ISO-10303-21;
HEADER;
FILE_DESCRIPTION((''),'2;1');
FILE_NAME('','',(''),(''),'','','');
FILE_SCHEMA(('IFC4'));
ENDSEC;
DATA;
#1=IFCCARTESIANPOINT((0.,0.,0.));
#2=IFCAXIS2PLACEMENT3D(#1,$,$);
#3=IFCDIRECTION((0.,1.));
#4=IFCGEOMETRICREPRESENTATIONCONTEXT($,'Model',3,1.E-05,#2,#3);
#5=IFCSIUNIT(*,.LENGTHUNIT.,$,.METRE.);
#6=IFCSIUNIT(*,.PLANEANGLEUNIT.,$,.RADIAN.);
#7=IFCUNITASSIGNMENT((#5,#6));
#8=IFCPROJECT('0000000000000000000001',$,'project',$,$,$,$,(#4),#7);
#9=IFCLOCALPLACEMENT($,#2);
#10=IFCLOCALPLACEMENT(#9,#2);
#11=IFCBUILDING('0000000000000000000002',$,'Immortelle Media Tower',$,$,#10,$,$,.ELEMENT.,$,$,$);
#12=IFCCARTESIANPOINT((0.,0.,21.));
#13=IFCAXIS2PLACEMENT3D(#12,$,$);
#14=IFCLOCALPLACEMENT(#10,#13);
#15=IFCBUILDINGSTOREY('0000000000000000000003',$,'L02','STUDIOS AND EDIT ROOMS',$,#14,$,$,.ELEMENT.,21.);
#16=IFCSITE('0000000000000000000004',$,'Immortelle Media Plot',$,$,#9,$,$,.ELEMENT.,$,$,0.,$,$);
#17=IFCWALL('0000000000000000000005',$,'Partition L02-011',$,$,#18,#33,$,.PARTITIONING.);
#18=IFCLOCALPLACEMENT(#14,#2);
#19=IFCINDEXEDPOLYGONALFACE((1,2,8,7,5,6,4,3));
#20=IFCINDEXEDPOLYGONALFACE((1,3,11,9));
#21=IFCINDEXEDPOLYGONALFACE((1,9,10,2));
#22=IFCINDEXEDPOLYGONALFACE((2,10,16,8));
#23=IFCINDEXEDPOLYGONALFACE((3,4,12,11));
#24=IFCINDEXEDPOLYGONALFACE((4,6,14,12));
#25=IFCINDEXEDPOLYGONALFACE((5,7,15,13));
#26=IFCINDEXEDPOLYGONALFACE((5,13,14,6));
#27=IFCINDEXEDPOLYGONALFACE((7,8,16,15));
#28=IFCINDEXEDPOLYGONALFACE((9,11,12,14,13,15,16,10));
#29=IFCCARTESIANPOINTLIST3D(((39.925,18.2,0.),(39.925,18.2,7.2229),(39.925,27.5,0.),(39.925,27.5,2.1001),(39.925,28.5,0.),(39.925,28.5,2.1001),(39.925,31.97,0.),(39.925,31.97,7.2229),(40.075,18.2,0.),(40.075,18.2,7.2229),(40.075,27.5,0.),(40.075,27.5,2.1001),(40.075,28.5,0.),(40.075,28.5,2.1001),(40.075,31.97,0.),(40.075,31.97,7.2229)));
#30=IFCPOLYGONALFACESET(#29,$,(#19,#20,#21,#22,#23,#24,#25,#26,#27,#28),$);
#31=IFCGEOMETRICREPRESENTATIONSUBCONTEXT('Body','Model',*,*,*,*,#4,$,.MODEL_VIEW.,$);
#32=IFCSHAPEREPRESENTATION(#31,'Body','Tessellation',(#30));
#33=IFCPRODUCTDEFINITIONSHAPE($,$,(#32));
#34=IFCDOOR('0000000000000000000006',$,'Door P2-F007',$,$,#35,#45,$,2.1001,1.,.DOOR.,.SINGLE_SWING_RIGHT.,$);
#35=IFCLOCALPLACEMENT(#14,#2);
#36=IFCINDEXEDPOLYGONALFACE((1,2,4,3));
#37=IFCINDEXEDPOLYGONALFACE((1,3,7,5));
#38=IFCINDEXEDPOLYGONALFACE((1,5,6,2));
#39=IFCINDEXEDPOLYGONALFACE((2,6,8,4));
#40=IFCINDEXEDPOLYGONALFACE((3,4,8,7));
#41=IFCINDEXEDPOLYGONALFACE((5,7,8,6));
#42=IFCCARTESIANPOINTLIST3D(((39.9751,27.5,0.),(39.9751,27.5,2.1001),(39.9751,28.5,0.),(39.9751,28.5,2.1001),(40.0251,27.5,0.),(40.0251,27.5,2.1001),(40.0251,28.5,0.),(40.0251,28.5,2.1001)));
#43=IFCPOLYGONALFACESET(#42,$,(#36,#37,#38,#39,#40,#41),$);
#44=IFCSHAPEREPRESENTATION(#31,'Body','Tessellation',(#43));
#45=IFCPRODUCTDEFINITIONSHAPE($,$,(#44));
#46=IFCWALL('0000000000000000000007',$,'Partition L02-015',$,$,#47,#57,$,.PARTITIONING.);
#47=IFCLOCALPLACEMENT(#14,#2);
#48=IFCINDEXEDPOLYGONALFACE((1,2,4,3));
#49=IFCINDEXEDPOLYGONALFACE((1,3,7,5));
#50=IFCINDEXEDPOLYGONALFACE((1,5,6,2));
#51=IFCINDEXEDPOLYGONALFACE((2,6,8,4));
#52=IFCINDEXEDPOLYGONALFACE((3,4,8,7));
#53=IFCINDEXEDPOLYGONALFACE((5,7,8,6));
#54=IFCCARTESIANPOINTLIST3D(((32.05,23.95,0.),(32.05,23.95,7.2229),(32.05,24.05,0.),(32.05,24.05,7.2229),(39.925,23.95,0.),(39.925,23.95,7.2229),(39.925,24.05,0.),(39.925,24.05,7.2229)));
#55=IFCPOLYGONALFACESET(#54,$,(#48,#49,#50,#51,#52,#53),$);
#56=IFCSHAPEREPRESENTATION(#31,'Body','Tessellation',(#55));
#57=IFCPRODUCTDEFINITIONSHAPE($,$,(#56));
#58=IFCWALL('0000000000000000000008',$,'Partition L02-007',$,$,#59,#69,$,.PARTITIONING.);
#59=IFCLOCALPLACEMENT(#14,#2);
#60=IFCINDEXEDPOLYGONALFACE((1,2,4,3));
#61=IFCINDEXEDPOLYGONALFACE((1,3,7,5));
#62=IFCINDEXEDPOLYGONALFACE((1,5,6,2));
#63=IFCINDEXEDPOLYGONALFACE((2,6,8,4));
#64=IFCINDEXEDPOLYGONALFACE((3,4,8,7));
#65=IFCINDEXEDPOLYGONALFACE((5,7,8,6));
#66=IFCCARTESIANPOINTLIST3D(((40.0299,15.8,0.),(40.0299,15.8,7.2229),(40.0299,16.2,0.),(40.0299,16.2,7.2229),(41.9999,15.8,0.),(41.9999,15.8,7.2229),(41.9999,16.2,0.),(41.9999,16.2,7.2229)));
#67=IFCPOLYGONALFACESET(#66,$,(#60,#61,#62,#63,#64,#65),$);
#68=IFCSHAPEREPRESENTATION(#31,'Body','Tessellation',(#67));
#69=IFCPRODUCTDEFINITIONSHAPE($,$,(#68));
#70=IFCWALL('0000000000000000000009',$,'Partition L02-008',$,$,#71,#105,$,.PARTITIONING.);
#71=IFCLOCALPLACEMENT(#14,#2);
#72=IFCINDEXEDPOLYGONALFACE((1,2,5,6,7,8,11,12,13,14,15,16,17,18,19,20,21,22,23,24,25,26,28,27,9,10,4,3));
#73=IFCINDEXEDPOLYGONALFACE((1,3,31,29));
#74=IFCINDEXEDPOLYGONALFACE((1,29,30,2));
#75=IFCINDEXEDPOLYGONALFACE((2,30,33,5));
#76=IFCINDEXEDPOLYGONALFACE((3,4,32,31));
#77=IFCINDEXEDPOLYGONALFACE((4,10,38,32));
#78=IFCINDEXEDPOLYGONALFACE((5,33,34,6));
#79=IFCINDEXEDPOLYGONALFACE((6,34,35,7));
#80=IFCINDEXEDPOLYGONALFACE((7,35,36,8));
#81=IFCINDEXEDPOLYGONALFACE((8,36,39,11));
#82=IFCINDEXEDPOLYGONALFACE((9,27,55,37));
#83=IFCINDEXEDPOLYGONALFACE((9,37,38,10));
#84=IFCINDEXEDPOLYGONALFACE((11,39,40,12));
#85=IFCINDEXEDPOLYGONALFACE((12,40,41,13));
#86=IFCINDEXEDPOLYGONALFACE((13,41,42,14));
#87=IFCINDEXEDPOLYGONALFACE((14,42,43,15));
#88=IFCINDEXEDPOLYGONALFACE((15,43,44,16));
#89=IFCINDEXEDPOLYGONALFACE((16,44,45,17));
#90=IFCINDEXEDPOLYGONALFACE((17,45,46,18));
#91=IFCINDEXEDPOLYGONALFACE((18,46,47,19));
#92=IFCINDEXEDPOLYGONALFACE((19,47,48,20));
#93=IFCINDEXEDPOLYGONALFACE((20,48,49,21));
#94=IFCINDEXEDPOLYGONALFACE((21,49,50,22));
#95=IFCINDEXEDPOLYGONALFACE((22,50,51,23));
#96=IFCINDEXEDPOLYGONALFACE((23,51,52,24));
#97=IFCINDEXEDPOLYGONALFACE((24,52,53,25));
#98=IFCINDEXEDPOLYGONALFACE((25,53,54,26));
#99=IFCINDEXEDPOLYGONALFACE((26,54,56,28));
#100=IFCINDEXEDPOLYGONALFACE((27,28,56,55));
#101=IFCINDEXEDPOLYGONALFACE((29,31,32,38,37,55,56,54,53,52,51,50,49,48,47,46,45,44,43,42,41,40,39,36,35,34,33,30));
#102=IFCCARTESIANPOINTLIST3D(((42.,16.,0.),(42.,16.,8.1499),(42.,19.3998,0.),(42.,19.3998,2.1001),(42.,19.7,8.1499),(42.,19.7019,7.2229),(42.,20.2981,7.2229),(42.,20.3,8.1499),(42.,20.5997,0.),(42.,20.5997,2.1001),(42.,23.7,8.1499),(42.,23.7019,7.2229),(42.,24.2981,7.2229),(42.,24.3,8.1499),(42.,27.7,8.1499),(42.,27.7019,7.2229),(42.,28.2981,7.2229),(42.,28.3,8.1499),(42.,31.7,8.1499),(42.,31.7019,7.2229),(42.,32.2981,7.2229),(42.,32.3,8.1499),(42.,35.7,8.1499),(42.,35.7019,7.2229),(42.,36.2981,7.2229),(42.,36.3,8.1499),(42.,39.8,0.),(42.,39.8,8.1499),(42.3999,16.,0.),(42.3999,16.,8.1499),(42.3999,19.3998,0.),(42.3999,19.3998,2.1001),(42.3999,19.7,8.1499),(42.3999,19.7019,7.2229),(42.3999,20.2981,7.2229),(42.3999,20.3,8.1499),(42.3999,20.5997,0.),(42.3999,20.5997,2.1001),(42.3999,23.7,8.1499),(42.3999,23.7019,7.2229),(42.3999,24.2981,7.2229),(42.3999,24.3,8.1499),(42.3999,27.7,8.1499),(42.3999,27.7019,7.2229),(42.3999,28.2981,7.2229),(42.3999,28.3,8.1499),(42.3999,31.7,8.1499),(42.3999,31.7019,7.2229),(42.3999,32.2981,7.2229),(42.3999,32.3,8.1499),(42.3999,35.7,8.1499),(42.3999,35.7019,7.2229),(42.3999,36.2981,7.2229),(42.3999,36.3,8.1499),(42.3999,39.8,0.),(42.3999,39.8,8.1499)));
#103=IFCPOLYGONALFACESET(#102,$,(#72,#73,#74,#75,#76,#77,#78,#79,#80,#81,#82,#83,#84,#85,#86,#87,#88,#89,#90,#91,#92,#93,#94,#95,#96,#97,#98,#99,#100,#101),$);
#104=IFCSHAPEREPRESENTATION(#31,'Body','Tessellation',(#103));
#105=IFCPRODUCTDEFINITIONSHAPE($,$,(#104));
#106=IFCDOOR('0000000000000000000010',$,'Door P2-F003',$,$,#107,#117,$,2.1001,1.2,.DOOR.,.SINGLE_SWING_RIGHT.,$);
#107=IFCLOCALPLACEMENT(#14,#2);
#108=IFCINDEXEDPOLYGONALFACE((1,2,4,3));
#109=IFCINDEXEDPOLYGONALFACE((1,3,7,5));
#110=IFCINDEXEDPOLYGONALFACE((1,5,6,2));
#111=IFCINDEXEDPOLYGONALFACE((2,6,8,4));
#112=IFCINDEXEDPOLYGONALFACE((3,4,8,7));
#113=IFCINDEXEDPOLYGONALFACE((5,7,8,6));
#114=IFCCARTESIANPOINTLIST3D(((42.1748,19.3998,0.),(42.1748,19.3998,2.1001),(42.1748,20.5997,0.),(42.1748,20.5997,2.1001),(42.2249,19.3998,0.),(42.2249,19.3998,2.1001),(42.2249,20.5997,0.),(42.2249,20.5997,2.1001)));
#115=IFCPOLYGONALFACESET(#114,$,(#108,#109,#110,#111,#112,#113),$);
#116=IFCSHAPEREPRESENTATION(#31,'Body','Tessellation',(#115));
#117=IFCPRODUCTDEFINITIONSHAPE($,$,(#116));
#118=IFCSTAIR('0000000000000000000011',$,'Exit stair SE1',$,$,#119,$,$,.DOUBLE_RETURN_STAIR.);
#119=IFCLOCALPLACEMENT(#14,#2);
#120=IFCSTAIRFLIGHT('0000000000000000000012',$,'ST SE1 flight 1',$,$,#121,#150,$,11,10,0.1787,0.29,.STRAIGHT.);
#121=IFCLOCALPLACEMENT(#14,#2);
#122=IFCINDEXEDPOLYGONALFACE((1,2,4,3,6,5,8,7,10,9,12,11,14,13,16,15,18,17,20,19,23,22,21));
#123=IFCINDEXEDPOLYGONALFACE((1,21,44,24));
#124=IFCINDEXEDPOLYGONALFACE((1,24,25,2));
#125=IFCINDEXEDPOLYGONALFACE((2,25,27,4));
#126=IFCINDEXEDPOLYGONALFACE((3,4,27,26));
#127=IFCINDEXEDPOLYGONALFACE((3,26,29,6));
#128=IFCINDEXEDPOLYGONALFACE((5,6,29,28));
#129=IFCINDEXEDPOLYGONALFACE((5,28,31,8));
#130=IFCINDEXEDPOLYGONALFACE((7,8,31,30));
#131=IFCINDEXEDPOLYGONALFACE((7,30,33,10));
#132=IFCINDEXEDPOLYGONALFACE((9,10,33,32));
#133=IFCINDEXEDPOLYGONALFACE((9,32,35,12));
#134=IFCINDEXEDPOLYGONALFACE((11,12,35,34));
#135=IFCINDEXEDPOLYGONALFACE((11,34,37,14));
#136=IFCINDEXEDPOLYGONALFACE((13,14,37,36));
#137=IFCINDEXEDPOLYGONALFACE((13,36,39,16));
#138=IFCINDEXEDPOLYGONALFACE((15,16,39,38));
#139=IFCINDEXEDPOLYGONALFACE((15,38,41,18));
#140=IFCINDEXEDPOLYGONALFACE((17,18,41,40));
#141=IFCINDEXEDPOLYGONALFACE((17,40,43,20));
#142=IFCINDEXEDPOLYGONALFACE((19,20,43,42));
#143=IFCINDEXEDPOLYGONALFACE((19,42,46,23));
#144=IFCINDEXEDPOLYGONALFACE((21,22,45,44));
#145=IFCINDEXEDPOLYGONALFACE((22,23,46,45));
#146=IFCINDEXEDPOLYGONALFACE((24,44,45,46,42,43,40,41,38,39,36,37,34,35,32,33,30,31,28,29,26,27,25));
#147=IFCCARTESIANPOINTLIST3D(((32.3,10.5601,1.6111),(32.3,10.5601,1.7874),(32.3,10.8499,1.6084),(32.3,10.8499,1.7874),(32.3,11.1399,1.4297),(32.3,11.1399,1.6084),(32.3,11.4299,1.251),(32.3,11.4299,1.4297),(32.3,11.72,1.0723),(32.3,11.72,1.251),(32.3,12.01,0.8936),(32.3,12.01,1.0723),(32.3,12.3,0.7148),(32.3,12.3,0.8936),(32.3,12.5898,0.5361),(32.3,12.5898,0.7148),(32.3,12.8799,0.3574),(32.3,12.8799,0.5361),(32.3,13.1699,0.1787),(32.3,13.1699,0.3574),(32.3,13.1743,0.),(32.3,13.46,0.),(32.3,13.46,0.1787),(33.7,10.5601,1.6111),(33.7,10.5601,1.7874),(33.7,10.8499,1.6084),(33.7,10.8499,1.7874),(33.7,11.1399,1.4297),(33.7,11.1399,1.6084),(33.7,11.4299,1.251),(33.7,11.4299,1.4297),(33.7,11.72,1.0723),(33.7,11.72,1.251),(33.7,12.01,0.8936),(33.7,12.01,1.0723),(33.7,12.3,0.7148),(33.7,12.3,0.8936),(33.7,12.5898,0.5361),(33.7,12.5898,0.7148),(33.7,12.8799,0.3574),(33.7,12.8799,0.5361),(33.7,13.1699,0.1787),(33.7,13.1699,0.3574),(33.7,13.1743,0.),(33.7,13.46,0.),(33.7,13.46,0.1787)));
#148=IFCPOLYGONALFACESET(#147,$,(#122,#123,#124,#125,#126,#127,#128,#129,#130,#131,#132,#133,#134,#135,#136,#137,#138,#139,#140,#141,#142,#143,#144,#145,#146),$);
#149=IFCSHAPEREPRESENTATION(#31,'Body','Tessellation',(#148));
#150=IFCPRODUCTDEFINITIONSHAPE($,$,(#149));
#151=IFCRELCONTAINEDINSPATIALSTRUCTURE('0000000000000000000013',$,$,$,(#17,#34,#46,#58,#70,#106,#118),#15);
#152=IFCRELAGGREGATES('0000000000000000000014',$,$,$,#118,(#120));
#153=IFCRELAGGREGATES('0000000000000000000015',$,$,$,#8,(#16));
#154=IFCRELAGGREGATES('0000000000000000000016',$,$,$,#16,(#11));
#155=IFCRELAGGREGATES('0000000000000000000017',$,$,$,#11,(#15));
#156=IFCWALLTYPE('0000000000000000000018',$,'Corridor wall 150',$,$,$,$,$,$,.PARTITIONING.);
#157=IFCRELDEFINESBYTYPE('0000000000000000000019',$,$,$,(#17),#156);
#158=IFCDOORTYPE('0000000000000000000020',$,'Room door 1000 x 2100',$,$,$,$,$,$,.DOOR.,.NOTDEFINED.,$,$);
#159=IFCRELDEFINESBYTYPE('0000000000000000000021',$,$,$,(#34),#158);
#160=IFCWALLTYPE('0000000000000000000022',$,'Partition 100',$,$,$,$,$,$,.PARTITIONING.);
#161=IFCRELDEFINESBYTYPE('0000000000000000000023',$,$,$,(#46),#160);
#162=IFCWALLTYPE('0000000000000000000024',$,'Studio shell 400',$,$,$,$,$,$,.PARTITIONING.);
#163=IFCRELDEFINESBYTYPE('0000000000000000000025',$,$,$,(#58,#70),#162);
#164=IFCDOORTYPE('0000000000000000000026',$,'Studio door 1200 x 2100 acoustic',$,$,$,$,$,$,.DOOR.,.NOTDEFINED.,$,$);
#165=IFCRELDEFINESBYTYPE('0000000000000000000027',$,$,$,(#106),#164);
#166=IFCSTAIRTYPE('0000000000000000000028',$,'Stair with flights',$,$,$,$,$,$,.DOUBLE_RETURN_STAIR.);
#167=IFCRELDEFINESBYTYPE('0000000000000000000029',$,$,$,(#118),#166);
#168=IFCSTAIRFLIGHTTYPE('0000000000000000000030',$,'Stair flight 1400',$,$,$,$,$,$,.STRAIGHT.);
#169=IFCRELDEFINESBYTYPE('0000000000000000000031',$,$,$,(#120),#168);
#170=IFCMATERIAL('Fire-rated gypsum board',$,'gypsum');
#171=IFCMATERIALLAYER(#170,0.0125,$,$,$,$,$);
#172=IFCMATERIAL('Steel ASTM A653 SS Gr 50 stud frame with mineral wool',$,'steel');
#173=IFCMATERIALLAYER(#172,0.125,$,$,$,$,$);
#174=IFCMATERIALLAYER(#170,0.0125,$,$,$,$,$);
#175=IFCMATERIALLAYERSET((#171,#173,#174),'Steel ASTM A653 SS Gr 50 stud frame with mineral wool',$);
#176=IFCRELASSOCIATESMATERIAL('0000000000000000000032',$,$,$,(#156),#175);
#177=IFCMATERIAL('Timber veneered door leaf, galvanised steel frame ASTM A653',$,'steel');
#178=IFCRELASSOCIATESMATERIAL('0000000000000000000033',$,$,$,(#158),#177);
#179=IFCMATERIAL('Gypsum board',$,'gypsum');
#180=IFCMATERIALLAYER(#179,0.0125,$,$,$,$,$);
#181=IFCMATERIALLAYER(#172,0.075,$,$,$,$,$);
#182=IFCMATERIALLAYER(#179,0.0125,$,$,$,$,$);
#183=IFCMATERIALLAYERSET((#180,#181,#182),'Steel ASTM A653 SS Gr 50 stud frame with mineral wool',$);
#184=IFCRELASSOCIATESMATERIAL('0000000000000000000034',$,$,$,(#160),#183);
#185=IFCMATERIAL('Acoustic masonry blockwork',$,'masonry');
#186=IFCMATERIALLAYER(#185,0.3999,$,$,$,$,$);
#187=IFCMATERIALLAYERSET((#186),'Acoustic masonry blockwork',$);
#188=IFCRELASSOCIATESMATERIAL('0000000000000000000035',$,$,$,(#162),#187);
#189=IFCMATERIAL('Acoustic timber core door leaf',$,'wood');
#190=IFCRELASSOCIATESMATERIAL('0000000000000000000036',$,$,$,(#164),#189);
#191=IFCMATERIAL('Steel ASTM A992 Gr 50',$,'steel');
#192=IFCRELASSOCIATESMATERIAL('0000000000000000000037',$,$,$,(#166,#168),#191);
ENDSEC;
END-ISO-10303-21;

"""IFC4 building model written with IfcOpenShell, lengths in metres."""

from ifc_helpers import new_model, si_unit, direction, frame, frame_2d, origin, place, context, subcontext, project, spatial, polyline, rectangle, outline, extrude, material, layer, layer_set, type_object, element, fill, aggregate, save


model = new_model("IFC4")

# Units and contexts
model_context = context("Model", 3, precision=1e-05, world=origin(), true_north=direction((0.0, 1.0)))
body_context = subcontext(model_context, "Body", "Model", "MODEL_VIEW")
ifc_project = project(units=[si_unit("LENGTHUNIT", "METRE"), si_unit("PLANEANGLEUNIT", "RADIAN")], contexts=[model_context])

# Site, building, storey
site_placement = place(None, origin())
site = spatial("IfcSite", under=ifc_project, at=site_placement, Name="Immortelle Media Plot", CompositionType="ELEMENT", RefElevation=0.0)
building_placement = place(site_placement, origin())
building = spatial("IfcBuilding", under=site, at=building_placement, Name="Immortelle Media Tower", CompositionType="ELEMENT")
storey_placement = place(building_placement, frame((0.0, 0.0, 21.0)))
storey = spatial("IfcBuildingStorey", under=building, at=storey_placement, Name="L02", Description="STUDIOS AND EDIT ROOMS", CompositionType="ELEMENT", Elevation=21.0)

# Shared definitions
ifc_material_1 = material(Name="Steel ASTM A992 Gr 50", Category="steel")

# Wall, opening, door
ifc_material_2 = material(Name="Fire-rated gypsum board", Category="gypsum")
ifc_layer_1 = layer(ifc_material_2, 0.0125)
ifc_material_3 = material(Name="Steel ASTM A653 SS Gr 50 stud frame with mineral wool", Category="steel")
ifc_layer_2 = layer(ifc_material_3, 0.125)
ifc_layer_3 = layer(ifc_material_2, 0.0125)
ifc_layer_set_1 = layer_set([ifc_layer_1, ifc_layer_2, ifc_layer_3], Name="Steel ASTM A653 SS Gr 50 stud frame with mineral wool")
wall_type_1 = type_object("IfcWallType", Name="Corridor wall 150", PredefinedType="PARTITIONING", material=ifc_layer_set_1)
wall_1_placement = place(storey_placement, frame((40.0, 18.2, 0.0), z_axis=(0.0, 0.0, 1.0), x_axis=(0.0, 1.0, 0.0)))
wall_1 = element("IfcWall", 1, at=wall_1_placement, inside=storey, type_object=wall_type_1, Name="Partition L02-011", PredefinedType="PARTITIONING", context=body_context, shape_type="SweptSolid", body=[
    extrude(rectangle(XDim=13.77, YDim=0.1499, at=frame_2d((6.885, 0.0))), origin(), (0.0, 0.0, 1.0), 7.2229),
])
opening_1_placement = place(wall_1_placement, frame((9.3, 0.0, 0.0)))
opening_1 = element("IfcOpeningElement", 2, at=opening_1_placement, cuts=wall_1, PredefinedType="OPENING", context=body_context, shape_type="SweptSolid", body=[
    extrude(rectangle(XDim=1.0, YDim=2.1001, at=frame_2d((0.5, 1.05))), frame((0.0, 0.085, 0.0), z_axis=(0.0, -1.0, 0.0), x_axis=(1.0, 0.0, 0.0)), (0.0, 0.0, 1.0), 0.1699),
])
ifc_material_4 = material(Name="Timber veneered door leaf, galvanised steel frame ASTM A653", Category="steel")
door_type_1 = type_object("IfcDoorType", Name="Room door 1000 x 2100", OperationType="NOTDEFINED", PredefinedType="DOOR", material=ifc_material_4)
door_1_placement = place(opening_1_placement, origin())
door_1 = element("IfcDoor", 3, at=door_1_placement, inside=storey, type_object=door_type_1, Name="Door P2-F007", OperationType="SINGLE_SWING_RIGHT", OverallHeight=2.1001, OverallWidth=1.0, PredefinedType="DOOR", context=body_context, shape_type="SweptSolid", body=[
    extrude(rectangle(XDim=1.0, YDim=2.1001, at=frame_2d((0.5, 1.05))), frame((0.0, 0.0249, 0.0), z_axis=(0.0, -1.0, 0.0), x_axis=(1.0, 0.0, 0.0)), (0.0, 0.0, 1.0), 0.05),
])
fill(opening_1, door_1)

# Walls
ifc_material_5 = material(Name="Gypsum board", Category="gypsum")
ifc_layer_4 = layer(ifc_material_5, 0.0125)
ifc_layer_5 = layer(ifc_material_3, 0.075)
ifc_layer_6 = layer(ifc_material_5, 0.0125)
ifc_layer_set_2 = layer_set([ifc_layer_4, ifc_layer_5, ifc_layer_6], Name="Steel ASTM A653 SS Gr 50 stud frame with mineral wool")
wall_type_2 = type_object("IfcWallType", Name="Partition 100", PredefinedType="PARTITIONING", material=ifc_layer_set_2)
wall_2_placement = place(storey_placement, frame((32.05, 24.0, 0.0), z_axis=(0.0, 0.0, 1.0), x_axis=(1.0, 0.0, 0.0)))
element("IfcWall", 4, at=wall_2_placement, inside=storey, type_object=wall_type_2, Name="Partition L02-015", PredefinedType="PARTITIONING", context=body_context, shape_type="SweptSolid", body=[
    extrude(rectangle(XDim=7.875, YDim=0.1001, at=frame_2d((3.9375, 0.0))), origin(), (0.0, 0.0, 1.0), 7.2229),
])
ifc_material_6 = material(Name="Acoustic masonry blockwork", Category="masonry")
ifc_layer_7 = layer(ifc_material_6, 0.3999)
ifc_layer_set_3 = layer_set([ifc_layer_7], Name="Acoustic masonry blockwork")
wall_type_3 = type_object("IfcWallType", Name="Studio shell 400", PredefinedType="PARTITIONING", material=ifc_layer_set_3)
wall_3_placement = place(storey_placement, frame((40.03, 16.0, 0.0), z_axis=(0.0, 0.0, 1.0), x_axis=(1.0, 0.0, 0.0)))
element("IfcWall", 5, at=wall_3_placement, inside=storey, type_object=wall_type_3, Name="Partition L02-007", PredefinedType="PARTITIONING", context=body_context, shape_type="SweptSolid", body=[
    extrude(rectangle(XDim=1.97, YDim=0.3999, at=frame_2d((0.9849, 0.0))), origin(), (0.0, 0.0, 1.0), 7.2229),
])

# Wall, opening, door
wall_4_placement = place(storey_placement, frame((42.2, 16.0, 0.0), z_axis=(0.0, 0.0, 1.0), x_axis=(0.0, 1.0, 0.0)))
wall_4 = element("IfcWall", 6, at=wall_4_placement, inside=storey, type_object=wall_type_3, Name="Partition L02-008", PredefinedType="PARTITIONING", context=body_context, shape_type="SweptSolid", body=[
    extrude(outline(polyline([(0.0, 0.0), (23.8, 0.0), (23.8, 8.1499), (20.3, 8.1499), (20.2981, 7.2229), (19.7019, 7.2229), (19.7, 8.1499), (16.3, 8.1499), (16.2981, 7.2229), (15.7019, 7.2229), (15.7, 8.1499), (12.3, 8.1499), (12.2981, 7.2229), (11.7019, 7.2229), (11.7, 8.1499), (8.3, 8.1499), (8.2981, 7.2229), (7.7019, 7.2229), (7.7, 8.1499), (4.3, 8.1499), (4.2981, 7.2229), (3.7019, 7.2229), (3.7, 8.1499), (0.0, 8.1499), (0.0, 0.0)])), frame((0.0, 0.2, 0.0), z_axis=(0.0, -1.0, 0.0), x_axis=(1.0, 0.0, 0.0)), (0.0, 0.0, 1.0), 0.3999),
])
opening_2_placement = place(wall_4_placement, frame((4.5999, 0.0, 0.0), z_axis=(0.0, 0.0, 1.0), x_axis=(-1.0, 0.0, 0.0)))
opening_2 = element("IfcOpeningElement", 7, at=opening_2_placement, cuts=wall_4, PredefinedType="OPENING", context=body_context, shape_type="SweptSolid", body=[
    extrude(rectangle(XDim=1.2, YDim=2.1001, at=frame_2d((0.6001, 1.05))), frame((0.0, 0.21, 0.0), z_axis=(0.0, -1.0, 0.0), x_axis=(1.0, 0.0, 0.0)), (0.0, 0.0, 1.0), 0.4199),
])
ifc_material_7 = material(Name="Acoustic timber core door leaf", Category="wood")
door_type_2 = type_object("IfcDoorType", Name="Studio door 1200 x 2100 acoustic", OperationType="NOTDEFINED", PredefinedType="DOOR", material=ifc_material_7)
door_2_placement = place(opening_2_placement, origin())
door_2 = element("IfcDoor", 8, at=door_2_placement, inside=storey, type_object=door_type_2, Name="Door P2-F003", OperationType="SINGLE_SWING_RIGHT", OverallHeight=2.1001, OverallWidth=1.2, PredefinedType="DOOR", context=body_context, shape_type="SweptSolid", body=[
    extrude(rectangle(XDim=1.2, YDim=2.1001, at=frame_2d((0.6001, 1.05))), frame((0.0, 0.0249, 0.0), z_axis=(0.0, -1.0, 0.0), x_axis=(1.0, 0.0, 0.0)), (0.0, 0.0, 1.0), 0.05),
])
fill(opening_2, door_2)

# Stair, stair flight
stair_type = type_object("IfcStairType", Name="Stair with flights", PredefinedType="DOUBLE_RETURN_STAIR", material=ifc_material_1)
stair_1_placement = place(storey_placement, origin())
stair_1 = element("IfcStair", 9, at=stair_1_placement, inside=storey, type_object=stair_type, Name="Exit stair SE1", PredefinedType="DOUBLE_RETURN_STAIR")
stair_flight_type = type_object("IfcStairFlightType", Name="Stair flight 1400", PredefinedType="STRAIGHT", material=ifc_material_1)
stair_flight_1_placement = place(storey_placement, frame((33.0, 13.46, 0.0), z_axis=(0.0, 0.0, 1.0), x_axis=(0.0, -1.0, 0.0)))
stair_flight_1 = element("IfcStairFlight", 10, at=stair_flight_1_placement, type_object=stair_flight_type, Name="ST SE1 flight 1", NumberOfRisers=11, NumberOfTreads=10, PredefinedType="STRAIGHT", RiserHeight=0.1787, TreadLength=0.29, context=body_context, shape_type="SweptSolid", body=[
    extrude(outline(polyline([(0.0, 0.0), (0.0, 0.1787), (0.29, 0.1787), (0.29, 0.3574), (0.5801, 0.3574), (0.5801, 0.5361), (0.8701, 0.5361), (0.8701, 0.7148), (1.1599, 0.7148), (1.1599, 0.8936), (1.45, 0.8936), (1.45, 1.0723), (1.74, 1.0723), (1.74, 1.251), (2.03, 1.251), (2.03, 1.4297), (2.3201, 1.4297), (2.3201, 1.6084), (2.6101, 1.6084), (2.6101, 1.7874), (2.8999, 1.7874), (2.8999, 1.9661), (2.8999, 1.6111), (0.2856, 0.0), (0.0, 0.0)])), frame((0.0, 0.7, 0.0), z_axis=(0.0, -1.0, 0.0), x_axis=(1.0, 0.0, 0.0)), (0.0, 0.0, 1.0), 1.3999),
])
aggregate(stair_1, [stair_flight_1])

save(model, "model.ifc")
